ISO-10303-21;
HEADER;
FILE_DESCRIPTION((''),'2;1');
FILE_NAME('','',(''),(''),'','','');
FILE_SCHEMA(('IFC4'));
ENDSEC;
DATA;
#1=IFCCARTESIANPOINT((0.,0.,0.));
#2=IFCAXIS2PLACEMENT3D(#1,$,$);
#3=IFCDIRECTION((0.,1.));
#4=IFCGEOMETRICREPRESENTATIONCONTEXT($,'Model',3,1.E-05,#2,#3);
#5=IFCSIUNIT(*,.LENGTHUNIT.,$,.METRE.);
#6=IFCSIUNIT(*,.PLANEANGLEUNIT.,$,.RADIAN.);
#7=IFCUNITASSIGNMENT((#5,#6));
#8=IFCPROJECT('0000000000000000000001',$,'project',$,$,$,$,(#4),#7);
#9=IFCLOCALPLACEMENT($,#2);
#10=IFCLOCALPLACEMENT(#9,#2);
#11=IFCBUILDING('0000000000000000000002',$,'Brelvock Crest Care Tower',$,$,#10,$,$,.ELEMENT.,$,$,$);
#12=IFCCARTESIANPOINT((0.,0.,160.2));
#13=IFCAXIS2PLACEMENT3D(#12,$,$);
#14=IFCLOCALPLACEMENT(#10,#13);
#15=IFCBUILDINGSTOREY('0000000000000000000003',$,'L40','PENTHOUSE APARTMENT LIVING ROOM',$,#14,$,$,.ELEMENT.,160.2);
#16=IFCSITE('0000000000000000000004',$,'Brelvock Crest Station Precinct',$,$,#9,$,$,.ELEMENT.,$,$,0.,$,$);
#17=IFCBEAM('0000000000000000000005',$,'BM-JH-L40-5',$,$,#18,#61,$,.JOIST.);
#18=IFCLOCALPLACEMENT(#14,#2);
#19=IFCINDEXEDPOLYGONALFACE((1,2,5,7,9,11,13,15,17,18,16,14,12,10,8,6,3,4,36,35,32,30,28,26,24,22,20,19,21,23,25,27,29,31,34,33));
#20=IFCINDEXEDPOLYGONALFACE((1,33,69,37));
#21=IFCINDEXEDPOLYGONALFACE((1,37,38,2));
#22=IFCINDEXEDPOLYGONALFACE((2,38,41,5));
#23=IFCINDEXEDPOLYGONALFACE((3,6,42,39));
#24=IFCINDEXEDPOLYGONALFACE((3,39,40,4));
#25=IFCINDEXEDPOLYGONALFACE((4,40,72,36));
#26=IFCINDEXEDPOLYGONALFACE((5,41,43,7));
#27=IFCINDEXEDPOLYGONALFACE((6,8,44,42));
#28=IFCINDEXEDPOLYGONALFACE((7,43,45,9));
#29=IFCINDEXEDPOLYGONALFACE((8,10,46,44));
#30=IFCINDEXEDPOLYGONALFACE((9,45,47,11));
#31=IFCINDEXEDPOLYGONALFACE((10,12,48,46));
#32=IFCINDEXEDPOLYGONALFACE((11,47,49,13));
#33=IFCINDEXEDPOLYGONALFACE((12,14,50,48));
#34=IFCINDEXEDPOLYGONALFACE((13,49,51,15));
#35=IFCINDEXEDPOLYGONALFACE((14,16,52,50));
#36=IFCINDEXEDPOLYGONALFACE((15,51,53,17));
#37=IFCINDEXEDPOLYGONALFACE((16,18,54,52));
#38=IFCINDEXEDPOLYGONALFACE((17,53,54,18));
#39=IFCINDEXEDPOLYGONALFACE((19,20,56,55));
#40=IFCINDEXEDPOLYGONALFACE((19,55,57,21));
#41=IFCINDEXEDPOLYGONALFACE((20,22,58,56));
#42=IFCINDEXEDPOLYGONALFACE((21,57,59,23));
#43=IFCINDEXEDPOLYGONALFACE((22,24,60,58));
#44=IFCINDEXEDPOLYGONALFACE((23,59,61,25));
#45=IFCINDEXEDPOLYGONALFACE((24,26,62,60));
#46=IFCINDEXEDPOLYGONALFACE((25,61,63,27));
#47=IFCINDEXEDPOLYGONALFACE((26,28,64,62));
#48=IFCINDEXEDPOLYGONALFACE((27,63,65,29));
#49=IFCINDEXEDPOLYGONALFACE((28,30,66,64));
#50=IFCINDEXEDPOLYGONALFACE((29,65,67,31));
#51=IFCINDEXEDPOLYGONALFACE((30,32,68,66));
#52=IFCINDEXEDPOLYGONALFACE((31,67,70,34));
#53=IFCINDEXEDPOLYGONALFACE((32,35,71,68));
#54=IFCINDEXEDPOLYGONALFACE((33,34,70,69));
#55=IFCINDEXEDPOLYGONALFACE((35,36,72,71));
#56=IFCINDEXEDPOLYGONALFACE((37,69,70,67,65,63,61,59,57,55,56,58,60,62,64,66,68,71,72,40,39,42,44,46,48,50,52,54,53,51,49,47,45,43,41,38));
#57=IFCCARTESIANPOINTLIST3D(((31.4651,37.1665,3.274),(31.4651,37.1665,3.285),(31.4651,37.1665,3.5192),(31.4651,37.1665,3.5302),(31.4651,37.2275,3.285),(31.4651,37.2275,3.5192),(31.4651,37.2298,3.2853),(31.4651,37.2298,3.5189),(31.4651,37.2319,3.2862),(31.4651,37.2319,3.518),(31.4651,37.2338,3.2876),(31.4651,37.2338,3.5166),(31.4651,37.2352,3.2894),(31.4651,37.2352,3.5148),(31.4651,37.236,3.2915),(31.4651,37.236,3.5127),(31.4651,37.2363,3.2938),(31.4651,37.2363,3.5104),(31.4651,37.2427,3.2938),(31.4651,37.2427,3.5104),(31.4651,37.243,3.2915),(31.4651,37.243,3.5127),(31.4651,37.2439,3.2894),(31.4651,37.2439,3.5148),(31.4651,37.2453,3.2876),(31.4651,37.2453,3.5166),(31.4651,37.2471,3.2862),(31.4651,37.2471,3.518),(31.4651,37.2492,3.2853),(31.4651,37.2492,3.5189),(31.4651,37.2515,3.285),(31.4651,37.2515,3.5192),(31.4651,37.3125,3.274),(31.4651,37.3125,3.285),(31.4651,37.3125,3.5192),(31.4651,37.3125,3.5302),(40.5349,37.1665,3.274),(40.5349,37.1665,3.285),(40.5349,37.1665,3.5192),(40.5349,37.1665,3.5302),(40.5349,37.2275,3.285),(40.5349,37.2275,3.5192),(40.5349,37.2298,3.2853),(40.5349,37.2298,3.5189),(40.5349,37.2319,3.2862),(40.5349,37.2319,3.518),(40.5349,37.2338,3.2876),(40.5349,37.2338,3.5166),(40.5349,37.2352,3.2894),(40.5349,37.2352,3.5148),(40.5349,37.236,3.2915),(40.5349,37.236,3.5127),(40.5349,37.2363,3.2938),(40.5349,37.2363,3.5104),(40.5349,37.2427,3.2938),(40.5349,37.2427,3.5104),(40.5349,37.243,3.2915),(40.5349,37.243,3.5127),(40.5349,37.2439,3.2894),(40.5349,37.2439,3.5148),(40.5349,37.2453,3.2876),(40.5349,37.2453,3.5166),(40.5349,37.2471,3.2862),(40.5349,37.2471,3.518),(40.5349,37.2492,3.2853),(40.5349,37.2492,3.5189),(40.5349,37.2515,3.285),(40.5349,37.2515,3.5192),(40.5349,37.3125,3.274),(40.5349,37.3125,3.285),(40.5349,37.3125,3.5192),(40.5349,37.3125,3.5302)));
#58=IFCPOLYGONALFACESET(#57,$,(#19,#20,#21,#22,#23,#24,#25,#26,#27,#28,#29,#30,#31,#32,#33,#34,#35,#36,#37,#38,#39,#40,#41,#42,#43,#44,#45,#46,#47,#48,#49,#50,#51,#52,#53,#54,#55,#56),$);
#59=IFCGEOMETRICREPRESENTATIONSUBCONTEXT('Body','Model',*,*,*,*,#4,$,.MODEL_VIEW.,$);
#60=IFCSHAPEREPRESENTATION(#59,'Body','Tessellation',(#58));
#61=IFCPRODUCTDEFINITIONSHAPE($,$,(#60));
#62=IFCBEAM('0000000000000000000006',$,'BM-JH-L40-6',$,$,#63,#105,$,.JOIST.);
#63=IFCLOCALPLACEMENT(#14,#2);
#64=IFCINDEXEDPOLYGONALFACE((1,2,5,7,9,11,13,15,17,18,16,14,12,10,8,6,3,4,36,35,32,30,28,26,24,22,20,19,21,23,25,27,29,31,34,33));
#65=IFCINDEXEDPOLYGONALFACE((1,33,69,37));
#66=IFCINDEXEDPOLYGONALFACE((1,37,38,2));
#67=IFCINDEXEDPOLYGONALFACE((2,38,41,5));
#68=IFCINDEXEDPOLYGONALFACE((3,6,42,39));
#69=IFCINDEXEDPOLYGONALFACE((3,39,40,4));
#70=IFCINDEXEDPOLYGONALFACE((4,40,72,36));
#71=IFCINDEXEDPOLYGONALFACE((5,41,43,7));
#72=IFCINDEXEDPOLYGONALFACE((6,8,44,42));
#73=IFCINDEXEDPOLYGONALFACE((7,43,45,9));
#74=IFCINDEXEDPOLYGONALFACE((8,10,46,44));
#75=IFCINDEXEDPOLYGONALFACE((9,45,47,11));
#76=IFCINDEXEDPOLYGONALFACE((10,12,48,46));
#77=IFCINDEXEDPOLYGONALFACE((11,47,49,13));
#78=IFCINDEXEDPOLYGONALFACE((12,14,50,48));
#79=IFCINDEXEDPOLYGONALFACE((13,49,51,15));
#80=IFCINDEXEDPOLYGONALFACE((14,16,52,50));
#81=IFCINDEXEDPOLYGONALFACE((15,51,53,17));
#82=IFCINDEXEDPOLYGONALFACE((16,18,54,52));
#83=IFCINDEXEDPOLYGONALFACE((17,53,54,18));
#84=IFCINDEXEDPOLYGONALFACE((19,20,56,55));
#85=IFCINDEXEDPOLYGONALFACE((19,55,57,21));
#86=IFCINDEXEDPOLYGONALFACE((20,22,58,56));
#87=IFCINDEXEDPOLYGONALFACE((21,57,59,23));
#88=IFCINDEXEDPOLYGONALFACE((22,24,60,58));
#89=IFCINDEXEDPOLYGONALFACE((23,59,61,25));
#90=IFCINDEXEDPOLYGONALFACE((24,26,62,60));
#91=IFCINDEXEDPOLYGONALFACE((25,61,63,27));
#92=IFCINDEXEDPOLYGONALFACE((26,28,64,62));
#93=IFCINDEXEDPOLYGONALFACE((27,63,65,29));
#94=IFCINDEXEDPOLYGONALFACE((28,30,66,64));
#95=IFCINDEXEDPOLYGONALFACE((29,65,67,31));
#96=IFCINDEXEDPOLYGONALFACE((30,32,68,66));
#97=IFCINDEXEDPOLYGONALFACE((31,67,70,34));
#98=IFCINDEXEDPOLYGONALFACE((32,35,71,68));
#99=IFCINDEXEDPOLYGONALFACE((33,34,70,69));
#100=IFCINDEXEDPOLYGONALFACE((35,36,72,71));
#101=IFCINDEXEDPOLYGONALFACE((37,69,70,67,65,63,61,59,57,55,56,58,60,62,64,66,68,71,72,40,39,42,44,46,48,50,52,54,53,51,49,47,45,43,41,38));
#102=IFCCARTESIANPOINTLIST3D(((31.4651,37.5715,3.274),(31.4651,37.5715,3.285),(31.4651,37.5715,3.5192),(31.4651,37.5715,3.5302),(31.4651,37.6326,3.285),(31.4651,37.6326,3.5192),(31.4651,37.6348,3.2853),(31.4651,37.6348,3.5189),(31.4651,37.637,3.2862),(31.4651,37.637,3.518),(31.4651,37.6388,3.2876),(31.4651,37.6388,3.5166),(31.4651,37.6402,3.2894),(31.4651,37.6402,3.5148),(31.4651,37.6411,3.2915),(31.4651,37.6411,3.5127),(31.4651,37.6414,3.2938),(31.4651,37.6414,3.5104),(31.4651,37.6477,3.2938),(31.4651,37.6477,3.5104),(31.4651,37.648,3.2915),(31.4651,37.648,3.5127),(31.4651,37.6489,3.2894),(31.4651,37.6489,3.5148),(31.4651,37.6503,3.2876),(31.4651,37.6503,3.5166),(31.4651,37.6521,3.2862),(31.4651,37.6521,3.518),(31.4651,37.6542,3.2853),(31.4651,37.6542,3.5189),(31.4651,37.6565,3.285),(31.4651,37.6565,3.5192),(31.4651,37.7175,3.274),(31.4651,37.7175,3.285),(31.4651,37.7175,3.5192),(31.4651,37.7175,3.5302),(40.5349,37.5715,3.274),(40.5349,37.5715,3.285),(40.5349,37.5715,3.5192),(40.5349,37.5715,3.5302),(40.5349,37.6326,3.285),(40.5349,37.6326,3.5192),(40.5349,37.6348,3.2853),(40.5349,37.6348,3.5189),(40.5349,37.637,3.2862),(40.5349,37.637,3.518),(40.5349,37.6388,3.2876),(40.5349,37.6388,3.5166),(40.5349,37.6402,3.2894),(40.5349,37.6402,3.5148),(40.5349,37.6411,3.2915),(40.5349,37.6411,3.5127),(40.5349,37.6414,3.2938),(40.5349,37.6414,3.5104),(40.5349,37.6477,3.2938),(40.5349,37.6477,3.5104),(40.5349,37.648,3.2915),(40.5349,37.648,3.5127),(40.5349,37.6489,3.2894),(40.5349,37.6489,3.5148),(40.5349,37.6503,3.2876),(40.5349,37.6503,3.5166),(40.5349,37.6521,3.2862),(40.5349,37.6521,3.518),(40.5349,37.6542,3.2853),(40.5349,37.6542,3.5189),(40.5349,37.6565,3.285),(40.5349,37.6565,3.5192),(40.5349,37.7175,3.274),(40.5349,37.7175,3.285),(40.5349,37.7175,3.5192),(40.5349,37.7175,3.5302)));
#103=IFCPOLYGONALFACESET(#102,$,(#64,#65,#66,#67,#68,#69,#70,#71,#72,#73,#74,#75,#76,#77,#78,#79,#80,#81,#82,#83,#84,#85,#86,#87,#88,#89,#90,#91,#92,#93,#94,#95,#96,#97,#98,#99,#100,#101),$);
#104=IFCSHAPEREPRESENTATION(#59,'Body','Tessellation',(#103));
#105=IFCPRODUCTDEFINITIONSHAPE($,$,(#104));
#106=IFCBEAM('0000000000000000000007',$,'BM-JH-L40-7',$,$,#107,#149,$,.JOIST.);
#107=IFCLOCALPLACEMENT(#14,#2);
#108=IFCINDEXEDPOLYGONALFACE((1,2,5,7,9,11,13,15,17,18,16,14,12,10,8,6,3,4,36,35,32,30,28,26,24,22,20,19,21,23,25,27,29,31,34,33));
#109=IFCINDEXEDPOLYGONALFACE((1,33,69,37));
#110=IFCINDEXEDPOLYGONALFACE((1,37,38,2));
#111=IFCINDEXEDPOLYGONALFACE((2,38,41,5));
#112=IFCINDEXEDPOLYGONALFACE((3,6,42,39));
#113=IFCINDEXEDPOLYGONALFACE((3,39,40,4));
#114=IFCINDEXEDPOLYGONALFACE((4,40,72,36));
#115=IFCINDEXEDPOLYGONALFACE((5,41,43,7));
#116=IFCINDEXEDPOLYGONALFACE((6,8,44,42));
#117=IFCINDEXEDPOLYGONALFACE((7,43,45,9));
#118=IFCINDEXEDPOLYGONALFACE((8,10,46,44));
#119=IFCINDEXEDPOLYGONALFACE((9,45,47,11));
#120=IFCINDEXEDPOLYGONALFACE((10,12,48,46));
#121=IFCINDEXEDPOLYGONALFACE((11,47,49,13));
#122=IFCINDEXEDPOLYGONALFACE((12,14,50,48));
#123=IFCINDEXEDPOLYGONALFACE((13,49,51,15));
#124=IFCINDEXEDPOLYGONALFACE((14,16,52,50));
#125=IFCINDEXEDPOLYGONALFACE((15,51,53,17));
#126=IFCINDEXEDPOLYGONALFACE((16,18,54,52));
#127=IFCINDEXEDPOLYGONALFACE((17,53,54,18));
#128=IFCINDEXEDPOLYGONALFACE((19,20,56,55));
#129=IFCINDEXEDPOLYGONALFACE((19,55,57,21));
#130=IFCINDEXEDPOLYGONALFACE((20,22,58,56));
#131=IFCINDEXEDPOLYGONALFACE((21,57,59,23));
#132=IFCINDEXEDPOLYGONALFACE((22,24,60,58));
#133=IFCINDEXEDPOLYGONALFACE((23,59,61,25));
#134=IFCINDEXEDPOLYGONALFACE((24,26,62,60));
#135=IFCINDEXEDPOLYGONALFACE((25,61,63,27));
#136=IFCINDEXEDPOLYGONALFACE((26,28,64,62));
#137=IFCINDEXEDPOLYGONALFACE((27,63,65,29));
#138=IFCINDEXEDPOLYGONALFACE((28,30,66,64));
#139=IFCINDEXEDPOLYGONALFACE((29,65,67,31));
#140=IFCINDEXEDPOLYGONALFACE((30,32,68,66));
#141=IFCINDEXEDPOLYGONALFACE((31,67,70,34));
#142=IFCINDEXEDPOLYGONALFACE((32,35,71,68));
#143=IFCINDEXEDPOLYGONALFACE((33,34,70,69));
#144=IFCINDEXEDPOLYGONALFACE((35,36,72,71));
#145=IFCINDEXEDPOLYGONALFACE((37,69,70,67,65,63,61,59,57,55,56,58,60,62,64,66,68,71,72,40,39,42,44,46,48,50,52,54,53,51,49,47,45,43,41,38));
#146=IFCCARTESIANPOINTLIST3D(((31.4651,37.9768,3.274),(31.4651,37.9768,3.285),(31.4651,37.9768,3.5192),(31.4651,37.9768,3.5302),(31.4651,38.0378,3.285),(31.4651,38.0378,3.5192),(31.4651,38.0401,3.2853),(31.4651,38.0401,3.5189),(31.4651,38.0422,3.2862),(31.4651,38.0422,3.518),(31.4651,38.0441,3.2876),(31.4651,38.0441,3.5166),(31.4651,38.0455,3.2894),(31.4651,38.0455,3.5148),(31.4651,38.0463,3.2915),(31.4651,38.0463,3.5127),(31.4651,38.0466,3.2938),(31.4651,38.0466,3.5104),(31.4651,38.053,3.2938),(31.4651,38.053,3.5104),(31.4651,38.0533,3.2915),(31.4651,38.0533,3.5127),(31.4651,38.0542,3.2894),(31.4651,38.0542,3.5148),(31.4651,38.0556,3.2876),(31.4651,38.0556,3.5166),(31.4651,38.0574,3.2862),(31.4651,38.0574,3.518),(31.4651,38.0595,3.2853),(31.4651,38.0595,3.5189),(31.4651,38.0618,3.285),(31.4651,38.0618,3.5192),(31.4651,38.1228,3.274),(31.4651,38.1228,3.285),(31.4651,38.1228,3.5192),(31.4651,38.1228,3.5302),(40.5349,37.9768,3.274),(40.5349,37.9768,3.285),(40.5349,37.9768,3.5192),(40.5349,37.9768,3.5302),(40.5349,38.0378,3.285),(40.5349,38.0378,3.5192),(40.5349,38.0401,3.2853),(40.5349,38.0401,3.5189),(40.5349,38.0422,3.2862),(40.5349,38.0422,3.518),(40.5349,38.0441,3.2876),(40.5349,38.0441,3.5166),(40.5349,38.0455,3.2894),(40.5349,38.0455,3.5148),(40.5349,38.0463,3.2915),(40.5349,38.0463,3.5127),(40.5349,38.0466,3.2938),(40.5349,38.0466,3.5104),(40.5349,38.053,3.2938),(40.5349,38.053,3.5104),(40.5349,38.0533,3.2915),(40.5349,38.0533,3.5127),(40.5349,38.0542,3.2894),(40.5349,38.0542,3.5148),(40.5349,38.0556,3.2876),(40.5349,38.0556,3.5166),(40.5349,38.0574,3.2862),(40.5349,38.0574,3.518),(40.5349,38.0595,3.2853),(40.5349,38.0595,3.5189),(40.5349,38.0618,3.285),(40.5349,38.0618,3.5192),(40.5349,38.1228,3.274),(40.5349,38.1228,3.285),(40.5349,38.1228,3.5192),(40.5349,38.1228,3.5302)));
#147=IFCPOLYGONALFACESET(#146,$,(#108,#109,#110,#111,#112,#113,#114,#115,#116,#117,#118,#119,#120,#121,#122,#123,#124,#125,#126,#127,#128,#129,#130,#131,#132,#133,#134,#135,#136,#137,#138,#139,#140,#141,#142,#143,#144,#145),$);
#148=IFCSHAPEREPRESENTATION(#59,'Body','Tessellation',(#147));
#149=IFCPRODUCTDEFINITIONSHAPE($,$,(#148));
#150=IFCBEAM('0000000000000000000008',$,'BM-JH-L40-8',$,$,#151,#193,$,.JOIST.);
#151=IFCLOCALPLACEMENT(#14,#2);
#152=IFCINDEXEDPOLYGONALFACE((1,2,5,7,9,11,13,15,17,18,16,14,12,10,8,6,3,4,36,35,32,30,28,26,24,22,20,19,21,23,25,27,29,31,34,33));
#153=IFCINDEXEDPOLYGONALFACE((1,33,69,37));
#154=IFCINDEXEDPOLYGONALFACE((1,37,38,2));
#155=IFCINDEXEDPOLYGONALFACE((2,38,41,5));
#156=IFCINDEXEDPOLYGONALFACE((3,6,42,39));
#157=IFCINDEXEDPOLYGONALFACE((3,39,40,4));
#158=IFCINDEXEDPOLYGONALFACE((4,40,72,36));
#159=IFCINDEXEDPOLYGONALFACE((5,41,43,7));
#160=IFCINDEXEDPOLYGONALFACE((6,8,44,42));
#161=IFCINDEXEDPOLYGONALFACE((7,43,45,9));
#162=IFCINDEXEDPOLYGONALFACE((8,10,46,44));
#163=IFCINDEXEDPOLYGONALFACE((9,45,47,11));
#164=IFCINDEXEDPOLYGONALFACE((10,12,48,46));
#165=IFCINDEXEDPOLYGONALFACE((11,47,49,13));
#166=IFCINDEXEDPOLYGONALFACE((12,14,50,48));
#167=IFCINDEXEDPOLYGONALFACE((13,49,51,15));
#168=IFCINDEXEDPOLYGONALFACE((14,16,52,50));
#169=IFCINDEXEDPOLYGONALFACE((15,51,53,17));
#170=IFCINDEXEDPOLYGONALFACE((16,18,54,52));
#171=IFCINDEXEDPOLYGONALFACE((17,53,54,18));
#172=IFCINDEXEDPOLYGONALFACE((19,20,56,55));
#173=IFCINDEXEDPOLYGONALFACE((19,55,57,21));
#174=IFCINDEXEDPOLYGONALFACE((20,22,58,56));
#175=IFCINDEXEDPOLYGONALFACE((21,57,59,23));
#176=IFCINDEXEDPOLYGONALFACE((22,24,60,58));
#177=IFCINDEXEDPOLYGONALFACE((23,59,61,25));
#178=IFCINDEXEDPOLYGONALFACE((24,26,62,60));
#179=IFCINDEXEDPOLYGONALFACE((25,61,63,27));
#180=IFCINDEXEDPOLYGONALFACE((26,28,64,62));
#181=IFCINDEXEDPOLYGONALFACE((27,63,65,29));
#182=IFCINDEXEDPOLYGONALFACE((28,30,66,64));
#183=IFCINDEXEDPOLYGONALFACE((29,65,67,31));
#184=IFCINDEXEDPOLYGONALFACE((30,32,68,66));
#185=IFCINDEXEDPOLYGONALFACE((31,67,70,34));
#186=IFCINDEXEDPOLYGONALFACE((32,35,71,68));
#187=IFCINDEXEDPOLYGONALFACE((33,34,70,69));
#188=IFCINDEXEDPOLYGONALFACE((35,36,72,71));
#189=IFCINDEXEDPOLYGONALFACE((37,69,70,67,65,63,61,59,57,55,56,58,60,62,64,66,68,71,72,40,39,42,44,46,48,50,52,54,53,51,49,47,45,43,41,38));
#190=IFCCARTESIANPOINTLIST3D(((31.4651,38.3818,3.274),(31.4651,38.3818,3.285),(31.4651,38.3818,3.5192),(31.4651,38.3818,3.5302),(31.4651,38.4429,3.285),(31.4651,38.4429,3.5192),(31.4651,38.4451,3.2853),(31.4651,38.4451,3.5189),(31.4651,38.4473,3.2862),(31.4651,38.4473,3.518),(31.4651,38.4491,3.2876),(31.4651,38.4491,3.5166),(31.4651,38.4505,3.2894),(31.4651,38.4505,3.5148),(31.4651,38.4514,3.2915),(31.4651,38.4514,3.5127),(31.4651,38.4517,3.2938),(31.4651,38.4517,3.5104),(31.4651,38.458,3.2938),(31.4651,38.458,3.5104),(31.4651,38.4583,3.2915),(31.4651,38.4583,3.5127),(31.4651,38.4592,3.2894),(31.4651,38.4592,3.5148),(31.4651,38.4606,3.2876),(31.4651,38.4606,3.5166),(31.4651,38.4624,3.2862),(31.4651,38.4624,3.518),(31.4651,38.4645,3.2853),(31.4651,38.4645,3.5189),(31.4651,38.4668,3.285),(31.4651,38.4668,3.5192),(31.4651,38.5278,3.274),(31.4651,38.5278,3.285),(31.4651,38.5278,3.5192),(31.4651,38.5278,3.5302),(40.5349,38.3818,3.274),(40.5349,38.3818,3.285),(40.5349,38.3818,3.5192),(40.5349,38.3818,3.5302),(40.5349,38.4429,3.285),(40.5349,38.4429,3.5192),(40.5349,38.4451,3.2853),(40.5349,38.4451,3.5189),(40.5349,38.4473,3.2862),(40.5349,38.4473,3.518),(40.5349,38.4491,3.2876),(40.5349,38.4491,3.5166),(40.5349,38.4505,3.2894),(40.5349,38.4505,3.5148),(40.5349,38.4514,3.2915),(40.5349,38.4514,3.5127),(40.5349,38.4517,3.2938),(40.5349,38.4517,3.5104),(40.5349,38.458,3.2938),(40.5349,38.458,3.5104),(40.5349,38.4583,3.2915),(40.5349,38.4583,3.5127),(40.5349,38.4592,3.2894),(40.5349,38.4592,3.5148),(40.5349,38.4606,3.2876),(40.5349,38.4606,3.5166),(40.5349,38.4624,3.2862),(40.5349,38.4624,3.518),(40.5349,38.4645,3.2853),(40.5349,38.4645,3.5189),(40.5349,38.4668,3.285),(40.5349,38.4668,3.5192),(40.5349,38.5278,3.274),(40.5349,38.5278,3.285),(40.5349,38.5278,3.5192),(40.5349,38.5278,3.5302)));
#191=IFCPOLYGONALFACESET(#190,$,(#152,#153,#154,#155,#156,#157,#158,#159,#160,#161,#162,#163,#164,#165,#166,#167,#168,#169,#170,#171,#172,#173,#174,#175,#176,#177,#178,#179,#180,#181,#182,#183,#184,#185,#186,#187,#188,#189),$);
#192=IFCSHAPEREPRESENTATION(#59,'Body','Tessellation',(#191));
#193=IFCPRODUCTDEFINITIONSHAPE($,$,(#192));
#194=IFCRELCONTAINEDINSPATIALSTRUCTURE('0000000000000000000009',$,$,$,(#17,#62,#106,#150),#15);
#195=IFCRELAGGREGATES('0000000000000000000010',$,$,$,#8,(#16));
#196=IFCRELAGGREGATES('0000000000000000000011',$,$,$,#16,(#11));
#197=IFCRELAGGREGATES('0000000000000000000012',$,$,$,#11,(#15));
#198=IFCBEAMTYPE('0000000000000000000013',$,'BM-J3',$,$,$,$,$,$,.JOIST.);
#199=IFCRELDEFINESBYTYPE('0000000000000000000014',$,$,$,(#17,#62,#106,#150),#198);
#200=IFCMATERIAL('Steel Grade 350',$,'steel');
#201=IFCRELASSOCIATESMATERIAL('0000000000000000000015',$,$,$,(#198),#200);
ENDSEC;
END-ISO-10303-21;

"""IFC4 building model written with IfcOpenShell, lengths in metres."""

from ifc_helpers import new_model, si_unit, direction, frame, origin, origin_2d, place, context, subcontext, project, spatial, i_section, extrude, source, transform, mapped, material, material_profile, profile_set, type_object, element, save


model = new_model("IFC4")

# Units and contexts
model_context = context("Model", 3, precision=1e-05, world=origin(), true_north=direction((0.0, 1.0)))
body_context = subcontext(model_context, "Body", "Model", "MODEL_VIEW")
ifc_project = project(units=[si_unit("LENGTHUNIT", "METRE"), si_unit("PLANEANGLEUNIT", "RADIAN")], contexts=[model_context])

# Site, building, storey
site_placement = place(None, origin())
site = spatial("IfcSite", under=ifc_project, at=site_placement, Name="Brelvock Crest Station Precinct", CompositionType="ELEMENT", RefElevation=0.0)
building_placement = place(site_placement, origin())
building = spatial("IfcBuilding", under=site, at=building_placement, Name="Brelvock Crest Care Tower", CompositionType="ELEMENT")
storey_placement = place(building_placement, frame((0.0, 0.0, 160.2)))
storey = spatial("IfcBuildingStorey", under=building, at=storey_placement, Name="L40", Description="PENTHOUSE APARTMENT LIVING ROOM", CompositionType="ELEMENT", Elevation=160.2)

# Beams
ifc_material_1 = material(Name="Steel Grade 350", Category="steel")
ifc_material_profile_1 = material_profile(ifc_material_1, i_section(OverallWidth=0.146, OverallDepth=0.2561, WebThickness=0.0063, FlangeThickness=0.011, FilletRadius=0.0088, at=origin_2d()), Name="250UB37.3")
ifc_profile_set_1 = profile_set([ifc_material_profile_1], Name="Steel Grade 350")
beam_type_1 = type_object("IfcBeamType", Name="BM-J3", PredefinedType="JOIST", material=ifc_profile_set_1)
shared_shape_1 = source(origin(), body_context, "Body", "SweptSolid", [
    extrude(i_section(OverallWidth=0.146, OverallDepth=0.2561, WebThickness=0.0063, FlangeThickness=0.011, FilletRadius=0.0088, at=origin_2d()), origin(), (0.0, 0.0, 1.0), 9.0698),
])
for number, where, z_axis, x_axis, name in (
    (1, (31.4651, 37.2395, 3.4021), (1.0, 0.0, 0.0), (0.0, 1.0, 0.0), "BM-JH-L40-5"),
    (2, (31.4651, 37.6445, 3.4021), (1.0, 0.0, 0.0), (0.0, 1.0, 0.0), "BM-JH-L40-6"),
    (3, (31.4651, 38.0498, 3.4021), (1.0, 0.0, 0.0), (0.0, 1.0, 0.0), "BM-JH-L40-7"),
    (4, (31.4651, 38.4548, 3.4021), (1.0, 0.0, 0.0), (0.0, 1.0, 0.0), "BM-JH-L40-8"),
):
    element("IfcBeam", number, at=place(storey_placement, frame(where, z_axis=z_axis, x_axis=x_axis)), inside=storey, type_object=beam_type_1, Name=name, PredefinedType="JOIST", context=body_context, shape_type="MappedRepresentation", body=[
        mapped(shared_shape_1, transform((0.0, 0.0, 0.0), x_axis=(1.0, 0.0, 0.0), y_axis=(0.0, 1.0, 0.0), z_axis=(0.0, 0.0, 1.0), scale=1.0)),
    ])

save(model, "model.ifc")
